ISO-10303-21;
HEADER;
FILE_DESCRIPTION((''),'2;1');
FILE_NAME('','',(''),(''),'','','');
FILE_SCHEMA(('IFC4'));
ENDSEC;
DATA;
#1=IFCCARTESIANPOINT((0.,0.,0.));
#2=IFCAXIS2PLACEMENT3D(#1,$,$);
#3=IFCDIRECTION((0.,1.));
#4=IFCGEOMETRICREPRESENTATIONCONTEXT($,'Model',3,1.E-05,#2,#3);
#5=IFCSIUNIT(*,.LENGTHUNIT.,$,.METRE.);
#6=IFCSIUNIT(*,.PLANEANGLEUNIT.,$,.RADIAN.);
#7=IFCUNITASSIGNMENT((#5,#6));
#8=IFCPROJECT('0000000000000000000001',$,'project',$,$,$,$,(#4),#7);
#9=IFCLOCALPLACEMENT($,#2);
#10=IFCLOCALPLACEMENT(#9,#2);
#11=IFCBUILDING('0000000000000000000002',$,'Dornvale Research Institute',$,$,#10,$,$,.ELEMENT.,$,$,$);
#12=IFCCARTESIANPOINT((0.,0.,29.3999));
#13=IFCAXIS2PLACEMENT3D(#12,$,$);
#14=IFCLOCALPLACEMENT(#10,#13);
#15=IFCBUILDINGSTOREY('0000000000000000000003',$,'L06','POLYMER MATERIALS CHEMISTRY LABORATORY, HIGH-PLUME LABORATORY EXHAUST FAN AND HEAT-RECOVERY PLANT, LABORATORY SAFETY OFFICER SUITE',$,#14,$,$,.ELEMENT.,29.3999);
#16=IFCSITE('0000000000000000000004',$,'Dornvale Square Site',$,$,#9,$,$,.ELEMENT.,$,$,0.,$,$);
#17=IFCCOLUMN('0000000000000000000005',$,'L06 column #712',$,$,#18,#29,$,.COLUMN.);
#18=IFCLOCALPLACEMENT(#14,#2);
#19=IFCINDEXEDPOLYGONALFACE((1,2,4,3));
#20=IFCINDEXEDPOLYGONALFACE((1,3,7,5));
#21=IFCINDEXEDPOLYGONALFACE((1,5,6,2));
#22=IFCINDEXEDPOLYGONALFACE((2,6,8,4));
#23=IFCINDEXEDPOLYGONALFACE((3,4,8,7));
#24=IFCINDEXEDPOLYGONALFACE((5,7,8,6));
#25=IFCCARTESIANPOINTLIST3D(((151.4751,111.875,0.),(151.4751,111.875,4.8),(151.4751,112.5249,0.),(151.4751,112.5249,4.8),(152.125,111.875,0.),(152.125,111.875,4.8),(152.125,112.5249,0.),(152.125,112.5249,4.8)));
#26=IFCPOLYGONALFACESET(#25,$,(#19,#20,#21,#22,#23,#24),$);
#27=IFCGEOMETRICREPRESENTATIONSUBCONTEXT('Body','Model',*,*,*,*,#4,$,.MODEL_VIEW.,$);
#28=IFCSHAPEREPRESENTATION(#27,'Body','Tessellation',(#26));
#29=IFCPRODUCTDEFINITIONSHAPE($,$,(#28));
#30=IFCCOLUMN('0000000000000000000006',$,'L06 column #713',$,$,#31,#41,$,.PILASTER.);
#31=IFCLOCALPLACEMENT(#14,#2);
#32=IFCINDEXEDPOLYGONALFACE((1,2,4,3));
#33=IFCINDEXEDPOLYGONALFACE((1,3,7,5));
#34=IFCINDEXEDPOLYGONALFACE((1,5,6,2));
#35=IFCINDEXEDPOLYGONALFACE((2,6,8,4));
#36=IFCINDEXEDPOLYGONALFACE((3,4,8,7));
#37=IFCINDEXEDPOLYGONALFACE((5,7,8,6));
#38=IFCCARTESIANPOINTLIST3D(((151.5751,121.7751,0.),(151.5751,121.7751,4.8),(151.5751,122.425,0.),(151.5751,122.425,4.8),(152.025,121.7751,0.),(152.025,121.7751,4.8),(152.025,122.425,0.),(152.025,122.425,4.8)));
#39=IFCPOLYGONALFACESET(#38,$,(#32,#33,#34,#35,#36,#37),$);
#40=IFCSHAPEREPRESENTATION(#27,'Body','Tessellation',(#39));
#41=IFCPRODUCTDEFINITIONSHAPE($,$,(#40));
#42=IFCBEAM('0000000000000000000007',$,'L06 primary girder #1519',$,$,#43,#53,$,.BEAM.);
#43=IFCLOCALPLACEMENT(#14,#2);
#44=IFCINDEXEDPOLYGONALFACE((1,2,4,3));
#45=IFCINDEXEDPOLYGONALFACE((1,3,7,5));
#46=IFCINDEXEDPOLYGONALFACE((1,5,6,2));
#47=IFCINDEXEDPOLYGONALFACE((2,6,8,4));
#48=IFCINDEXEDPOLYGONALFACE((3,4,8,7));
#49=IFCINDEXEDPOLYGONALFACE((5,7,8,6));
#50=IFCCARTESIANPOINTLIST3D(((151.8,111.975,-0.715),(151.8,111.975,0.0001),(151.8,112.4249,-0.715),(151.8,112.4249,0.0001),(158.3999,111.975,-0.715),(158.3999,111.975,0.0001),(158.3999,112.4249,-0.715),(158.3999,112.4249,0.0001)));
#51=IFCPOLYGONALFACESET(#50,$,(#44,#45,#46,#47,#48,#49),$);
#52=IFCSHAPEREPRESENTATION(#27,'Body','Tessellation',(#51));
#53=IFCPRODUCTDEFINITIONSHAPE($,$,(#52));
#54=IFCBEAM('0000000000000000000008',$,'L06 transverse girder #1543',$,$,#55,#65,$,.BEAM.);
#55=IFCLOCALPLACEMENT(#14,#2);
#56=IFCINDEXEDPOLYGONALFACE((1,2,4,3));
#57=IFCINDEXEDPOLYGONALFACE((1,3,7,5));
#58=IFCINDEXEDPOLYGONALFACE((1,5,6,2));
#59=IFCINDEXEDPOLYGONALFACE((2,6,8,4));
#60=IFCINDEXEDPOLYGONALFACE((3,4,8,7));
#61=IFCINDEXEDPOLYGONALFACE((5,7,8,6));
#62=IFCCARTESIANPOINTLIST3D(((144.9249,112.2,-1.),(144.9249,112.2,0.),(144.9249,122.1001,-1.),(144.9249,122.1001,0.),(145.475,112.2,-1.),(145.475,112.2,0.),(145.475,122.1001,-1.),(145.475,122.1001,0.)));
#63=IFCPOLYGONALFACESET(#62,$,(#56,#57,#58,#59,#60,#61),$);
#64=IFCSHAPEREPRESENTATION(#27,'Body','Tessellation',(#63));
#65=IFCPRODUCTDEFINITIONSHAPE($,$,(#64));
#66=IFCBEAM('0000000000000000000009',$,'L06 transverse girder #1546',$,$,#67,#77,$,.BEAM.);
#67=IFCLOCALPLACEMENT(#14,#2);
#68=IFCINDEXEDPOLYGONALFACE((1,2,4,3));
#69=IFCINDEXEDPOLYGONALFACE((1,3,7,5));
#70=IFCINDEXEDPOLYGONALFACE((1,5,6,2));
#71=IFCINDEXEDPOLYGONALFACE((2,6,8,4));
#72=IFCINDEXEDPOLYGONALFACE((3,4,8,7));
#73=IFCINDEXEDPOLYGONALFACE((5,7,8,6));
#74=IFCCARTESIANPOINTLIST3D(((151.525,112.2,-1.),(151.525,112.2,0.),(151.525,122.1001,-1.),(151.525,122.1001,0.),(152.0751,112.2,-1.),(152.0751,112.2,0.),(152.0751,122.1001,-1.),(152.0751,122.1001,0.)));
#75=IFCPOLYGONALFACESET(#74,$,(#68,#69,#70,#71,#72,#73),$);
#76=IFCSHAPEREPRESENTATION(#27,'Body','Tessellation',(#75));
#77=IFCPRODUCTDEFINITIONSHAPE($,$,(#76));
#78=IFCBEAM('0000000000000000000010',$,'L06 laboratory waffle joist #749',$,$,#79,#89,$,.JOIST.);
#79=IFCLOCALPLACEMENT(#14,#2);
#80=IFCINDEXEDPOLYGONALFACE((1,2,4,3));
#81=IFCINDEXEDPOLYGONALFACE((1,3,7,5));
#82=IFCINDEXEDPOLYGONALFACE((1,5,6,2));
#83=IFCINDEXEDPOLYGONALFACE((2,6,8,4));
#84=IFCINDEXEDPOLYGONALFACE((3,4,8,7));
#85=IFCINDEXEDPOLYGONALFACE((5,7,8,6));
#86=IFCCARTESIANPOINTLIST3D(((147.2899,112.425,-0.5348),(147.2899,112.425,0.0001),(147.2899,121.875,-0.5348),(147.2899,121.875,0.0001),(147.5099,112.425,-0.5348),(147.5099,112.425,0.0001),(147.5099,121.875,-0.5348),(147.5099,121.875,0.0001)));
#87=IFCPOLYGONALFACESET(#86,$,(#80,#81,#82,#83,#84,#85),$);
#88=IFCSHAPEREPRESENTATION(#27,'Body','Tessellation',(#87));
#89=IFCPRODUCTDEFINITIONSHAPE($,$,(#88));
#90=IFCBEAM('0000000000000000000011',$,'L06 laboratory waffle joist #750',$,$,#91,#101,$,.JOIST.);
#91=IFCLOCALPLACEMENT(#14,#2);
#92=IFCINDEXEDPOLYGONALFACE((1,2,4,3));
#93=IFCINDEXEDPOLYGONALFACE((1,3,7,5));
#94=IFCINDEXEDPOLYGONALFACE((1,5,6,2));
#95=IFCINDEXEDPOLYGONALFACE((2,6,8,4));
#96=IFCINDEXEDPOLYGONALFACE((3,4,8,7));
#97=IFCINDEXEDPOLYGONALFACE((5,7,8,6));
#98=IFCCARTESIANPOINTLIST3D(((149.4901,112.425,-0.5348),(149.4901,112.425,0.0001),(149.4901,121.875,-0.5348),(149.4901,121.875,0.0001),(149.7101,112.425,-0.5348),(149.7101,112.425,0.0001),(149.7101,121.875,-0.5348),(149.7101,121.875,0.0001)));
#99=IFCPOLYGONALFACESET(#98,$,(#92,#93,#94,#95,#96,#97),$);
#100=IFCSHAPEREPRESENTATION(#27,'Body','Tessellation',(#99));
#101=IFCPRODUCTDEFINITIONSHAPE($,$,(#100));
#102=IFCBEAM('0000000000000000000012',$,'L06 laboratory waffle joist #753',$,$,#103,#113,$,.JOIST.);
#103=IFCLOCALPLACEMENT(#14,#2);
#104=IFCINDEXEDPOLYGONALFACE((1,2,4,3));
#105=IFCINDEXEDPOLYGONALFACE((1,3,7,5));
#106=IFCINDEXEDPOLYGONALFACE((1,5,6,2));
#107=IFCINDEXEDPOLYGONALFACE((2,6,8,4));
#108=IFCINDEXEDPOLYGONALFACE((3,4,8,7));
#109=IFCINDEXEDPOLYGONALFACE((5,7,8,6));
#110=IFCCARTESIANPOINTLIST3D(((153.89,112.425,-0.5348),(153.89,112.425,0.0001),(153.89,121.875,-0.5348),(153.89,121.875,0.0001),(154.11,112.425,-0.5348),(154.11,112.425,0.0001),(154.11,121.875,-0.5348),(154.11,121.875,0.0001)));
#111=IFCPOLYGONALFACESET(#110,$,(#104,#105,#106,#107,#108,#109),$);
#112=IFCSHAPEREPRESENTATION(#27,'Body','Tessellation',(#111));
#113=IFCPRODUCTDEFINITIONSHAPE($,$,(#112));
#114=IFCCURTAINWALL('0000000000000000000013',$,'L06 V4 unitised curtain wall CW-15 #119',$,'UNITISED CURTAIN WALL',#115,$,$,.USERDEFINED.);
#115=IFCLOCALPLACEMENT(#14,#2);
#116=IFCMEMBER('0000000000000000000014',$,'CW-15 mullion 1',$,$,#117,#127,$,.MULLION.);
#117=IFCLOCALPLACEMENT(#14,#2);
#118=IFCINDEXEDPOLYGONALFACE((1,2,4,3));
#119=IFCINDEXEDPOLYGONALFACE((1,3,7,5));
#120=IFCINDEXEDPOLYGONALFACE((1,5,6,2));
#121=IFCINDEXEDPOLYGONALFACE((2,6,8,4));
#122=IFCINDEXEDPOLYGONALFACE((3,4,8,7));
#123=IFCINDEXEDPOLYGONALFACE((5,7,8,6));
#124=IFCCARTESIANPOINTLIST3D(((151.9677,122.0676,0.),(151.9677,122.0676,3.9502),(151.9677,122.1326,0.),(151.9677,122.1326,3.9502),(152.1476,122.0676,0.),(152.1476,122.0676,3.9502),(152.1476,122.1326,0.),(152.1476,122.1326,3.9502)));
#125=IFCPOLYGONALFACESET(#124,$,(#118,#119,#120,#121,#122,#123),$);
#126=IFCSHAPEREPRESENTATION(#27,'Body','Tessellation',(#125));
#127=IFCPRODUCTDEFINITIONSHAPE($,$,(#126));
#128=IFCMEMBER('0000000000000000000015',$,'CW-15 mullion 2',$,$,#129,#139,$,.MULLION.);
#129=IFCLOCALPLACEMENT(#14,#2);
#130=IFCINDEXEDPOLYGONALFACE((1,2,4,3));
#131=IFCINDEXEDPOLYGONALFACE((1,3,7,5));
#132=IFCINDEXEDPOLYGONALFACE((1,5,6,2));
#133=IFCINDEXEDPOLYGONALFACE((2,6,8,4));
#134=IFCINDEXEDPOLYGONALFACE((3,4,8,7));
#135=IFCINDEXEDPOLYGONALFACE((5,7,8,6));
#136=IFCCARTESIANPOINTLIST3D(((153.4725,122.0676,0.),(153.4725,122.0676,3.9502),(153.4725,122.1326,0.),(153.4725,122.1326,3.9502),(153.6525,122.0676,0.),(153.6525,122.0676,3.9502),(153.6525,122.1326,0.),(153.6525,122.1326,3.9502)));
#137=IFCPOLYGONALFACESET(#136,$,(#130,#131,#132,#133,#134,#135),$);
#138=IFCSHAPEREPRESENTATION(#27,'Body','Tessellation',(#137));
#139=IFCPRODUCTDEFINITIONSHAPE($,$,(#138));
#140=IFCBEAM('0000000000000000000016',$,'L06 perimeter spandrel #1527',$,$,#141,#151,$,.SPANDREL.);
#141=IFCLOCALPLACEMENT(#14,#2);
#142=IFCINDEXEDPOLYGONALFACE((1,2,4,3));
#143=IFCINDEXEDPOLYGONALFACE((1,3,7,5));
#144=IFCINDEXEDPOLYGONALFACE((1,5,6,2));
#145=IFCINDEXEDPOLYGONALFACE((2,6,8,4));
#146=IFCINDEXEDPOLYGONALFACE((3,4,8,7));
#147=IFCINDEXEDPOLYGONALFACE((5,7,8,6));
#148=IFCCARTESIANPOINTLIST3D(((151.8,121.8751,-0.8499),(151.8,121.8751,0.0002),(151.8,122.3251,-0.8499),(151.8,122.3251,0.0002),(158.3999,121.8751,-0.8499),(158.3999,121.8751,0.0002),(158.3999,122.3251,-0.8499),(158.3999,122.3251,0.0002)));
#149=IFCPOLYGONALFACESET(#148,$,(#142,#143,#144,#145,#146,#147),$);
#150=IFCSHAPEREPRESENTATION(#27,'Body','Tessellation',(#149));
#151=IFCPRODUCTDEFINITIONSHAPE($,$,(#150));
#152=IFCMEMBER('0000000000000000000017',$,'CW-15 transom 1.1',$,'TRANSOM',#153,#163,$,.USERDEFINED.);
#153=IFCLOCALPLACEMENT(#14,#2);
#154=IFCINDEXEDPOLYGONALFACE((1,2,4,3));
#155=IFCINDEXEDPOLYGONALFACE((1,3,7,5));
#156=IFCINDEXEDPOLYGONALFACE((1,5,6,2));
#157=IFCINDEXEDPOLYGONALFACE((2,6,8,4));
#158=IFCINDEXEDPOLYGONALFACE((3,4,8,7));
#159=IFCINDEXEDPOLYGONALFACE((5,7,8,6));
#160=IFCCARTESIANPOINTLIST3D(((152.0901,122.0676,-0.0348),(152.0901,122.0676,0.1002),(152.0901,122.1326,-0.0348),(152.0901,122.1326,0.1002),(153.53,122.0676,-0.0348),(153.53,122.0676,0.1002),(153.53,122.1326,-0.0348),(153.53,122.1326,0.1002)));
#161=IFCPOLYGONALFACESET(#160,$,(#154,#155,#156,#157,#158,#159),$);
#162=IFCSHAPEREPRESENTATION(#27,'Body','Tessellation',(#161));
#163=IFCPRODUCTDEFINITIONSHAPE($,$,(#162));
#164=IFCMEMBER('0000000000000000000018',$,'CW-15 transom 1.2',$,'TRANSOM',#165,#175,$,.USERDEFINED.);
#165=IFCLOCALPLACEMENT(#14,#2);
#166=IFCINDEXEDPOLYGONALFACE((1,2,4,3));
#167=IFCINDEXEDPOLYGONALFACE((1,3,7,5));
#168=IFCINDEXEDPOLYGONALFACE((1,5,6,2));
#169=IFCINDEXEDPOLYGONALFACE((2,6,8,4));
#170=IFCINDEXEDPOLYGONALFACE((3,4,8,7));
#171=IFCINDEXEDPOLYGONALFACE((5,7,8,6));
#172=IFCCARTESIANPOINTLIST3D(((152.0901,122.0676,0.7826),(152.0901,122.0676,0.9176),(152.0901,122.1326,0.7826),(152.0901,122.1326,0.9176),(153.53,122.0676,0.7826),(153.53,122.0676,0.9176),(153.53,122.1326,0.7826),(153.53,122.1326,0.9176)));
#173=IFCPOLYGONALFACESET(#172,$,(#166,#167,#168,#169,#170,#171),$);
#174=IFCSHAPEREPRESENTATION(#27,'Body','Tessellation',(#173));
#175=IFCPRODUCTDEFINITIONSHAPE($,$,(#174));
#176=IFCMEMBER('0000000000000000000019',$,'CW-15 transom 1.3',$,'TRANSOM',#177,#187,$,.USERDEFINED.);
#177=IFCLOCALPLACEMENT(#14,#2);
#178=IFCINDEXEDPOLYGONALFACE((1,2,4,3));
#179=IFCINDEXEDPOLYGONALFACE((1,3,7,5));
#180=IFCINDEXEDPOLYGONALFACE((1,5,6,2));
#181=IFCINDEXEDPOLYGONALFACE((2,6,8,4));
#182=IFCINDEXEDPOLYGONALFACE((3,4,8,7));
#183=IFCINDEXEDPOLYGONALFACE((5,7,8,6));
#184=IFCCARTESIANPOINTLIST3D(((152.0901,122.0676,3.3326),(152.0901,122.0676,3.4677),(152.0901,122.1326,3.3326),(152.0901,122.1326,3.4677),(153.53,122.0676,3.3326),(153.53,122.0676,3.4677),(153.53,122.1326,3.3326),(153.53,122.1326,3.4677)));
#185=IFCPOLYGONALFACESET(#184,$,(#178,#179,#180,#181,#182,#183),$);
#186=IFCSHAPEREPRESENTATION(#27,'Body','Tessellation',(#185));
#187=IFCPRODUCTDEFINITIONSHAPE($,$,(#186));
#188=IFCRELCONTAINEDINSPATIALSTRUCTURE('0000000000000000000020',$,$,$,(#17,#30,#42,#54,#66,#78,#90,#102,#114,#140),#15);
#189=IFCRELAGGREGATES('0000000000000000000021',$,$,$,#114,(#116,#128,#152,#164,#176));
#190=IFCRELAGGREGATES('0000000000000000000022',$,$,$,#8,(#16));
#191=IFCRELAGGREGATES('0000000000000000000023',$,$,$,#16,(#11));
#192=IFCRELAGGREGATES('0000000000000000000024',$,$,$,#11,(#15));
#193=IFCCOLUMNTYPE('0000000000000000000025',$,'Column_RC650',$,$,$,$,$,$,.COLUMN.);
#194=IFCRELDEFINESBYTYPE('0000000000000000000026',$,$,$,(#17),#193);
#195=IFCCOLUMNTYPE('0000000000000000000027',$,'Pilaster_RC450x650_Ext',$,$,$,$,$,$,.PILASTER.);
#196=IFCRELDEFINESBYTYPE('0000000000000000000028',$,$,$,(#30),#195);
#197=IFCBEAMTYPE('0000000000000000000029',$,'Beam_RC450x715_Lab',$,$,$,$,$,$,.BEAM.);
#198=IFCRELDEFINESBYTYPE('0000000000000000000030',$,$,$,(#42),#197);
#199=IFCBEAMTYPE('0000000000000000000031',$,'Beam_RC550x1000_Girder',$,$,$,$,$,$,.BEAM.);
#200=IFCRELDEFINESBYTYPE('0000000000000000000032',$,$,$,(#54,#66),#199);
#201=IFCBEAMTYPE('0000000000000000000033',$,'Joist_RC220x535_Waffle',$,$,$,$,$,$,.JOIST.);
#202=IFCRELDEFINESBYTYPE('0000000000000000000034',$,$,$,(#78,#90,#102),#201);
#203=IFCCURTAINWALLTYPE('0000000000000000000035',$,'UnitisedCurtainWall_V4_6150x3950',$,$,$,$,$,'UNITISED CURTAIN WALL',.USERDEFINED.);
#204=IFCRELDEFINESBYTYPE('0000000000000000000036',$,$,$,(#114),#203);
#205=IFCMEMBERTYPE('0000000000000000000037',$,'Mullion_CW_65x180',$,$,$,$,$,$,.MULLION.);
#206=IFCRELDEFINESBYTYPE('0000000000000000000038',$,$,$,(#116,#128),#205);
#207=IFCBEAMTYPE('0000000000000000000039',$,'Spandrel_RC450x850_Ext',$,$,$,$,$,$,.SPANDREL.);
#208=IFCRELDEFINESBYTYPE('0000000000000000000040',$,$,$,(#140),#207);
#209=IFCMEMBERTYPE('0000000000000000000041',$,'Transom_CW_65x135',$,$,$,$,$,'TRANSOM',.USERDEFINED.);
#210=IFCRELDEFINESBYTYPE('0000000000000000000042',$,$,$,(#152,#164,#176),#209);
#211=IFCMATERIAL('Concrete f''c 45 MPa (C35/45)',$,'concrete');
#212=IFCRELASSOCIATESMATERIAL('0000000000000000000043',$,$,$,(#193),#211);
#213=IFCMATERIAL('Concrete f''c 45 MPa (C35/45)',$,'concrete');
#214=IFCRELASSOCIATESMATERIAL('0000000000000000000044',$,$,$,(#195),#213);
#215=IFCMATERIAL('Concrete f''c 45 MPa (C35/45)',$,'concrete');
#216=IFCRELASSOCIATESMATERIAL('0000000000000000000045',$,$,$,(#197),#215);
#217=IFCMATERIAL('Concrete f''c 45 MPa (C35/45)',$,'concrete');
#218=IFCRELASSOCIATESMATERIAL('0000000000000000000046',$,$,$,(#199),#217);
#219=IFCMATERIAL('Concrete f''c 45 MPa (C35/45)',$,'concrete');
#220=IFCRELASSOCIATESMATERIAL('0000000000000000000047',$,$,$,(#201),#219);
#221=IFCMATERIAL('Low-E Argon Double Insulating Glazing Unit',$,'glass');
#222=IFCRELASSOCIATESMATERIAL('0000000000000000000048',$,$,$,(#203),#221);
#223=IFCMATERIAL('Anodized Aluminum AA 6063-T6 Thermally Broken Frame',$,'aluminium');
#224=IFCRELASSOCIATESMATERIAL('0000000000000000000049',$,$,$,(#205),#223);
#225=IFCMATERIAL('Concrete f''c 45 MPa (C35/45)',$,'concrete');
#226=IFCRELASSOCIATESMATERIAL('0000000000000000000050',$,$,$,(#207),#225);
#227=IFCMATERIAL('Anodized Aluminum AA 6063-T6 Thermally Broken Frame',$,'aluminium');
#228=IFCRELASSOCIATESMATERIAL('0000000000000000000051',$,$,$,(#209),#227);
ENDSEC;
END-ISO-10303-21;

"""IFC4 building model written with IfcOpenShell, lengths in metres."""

from ifc_helpers import new_model, si_unit, direction, frame, origin, origin_2d, place, context, subcontext, project, spatial, rectangle, extrude, material, material_profile, profile_set, type_object, element, aggregate, save


model = new_model("IFC4")

# Units and contexts
model_context = context("Model", 3, precision=1e-05, world=origin(), true_north=direction((0.0, 1.0)))
body_context = subcontext(model_context, "Body", "Model", "MODEL_VIEW")
ifc_project = project(units=[si_unit("LENGTHUNIT", "METRE"), si_unit("PLANEANGLEUNIT", "RADIAN")], contexts=[model_context])

# Site, building, storey
site_placement = place(None, origin())
site = spatial("IfcSite", under=ifc_project, at=site_placement, Name="Dornvale Square Site", CompositionType="ELEMENT", RefElevation=0.0)
building_placement = place(site_placement, origin())
building = spatial("IfcBuilding", under=site, at=building_placement, Name="Dornvale Research Institute", CompositionType="ELEMENT")
storey_placement = place(building_placement, frame((0.0, 0.0, 29.3999)))
storey = spatial("IfcBuildingStorey", under=building, at=storey_placement, Name="L06", Description="POLYMER MATERIALS CHEMISTRY LABORATORY, HIGH-PLUME LABORATORY EXHAUST FAN AND HEAT-RECOVERY PLANT, LABORATORY SAFETY OFFICER SUITE", CompositionType="ELEMENT", Elevation=29.3999)

# Columns
ifc_material_1 = material(Name="Concrete f'c 45 MPa (C35/45)", Category="concrete")
ifc_material_profile_1 = material_profile(ifc_material_1, rectangle(XDim=0.6499, YDim=0.6499, at=origin_2d()), Name="RC 650x650")
ifc_profile_set_1 = profile_set([ifc_material_profile_1], Name="Concrete f'c 45 MPa (C35/45)")
column_type_1 = type_object("IfcColumnType", Name="Column_RC650", PredefinedType="COLUMN", material=ifc_profile_set_1)
column_1_placement = place(storey_placement, frame((151.8, 112.2, 0.0), z_axis=(0.0, 0.0, 1.0), x_axis=(1.0, 0.0, 0.0)))
element("IfcColumn", 1, at=column_1_placement, inside=storey, type_object=column_type_1, Name="L06 column #712", PredefinedType="COLUMN", context=body_context, shape_type="SweptSolid", body=[
    extrude(rectangle(XDim=0.6499, YDim=0.6499, at=origin_2d()), origin(), (0.0, 0.0, 1.0), 4.8),
])
ifc_material_2 = material(Name="Concrete f'c 45 MPa (C35/45)", Category="concrete")
ifc_material_profile_2 = material_profile(ifc_material_2, rectangle(XDim=0.45, YDim=0.6499, at=origin_2d()), Name="RC 450x650")
ifc_profile_set_2 = profile_set([ifc_material_profile_2], Name="Concrete f'c 45 MPa (C35/45)")
column_type_2 = type_object("IfcColumnType", Name="Pilaster_RC450x650_Ext", PredefinedType="PILASTER", material=ifc_profile_set_2)
column_2_placement = place(storey_placement, frame((151.8, 122.1001, 0.0), z_axis=(0.0, 0.0, 1.0), x_axis=(1.0, 0.0, 0.0)))
element("IfcColumn", 2, at=column_2_placement, inside=storey, type_object=column_type_2, Name="L06 column #713", PredefinedType="PILASTER", context=body_context, shape_type="SweptSolid", body=[
    extrude(rectangle(XDim=0.45, YDim=0.6499, at=origin_2d()), origin(), (0.0, 0.0, 1.0), 4.8),
])

# Beams
ifc_material_3 = material(Name="Concrete f'c 45 MPa (C35/45)", Category="concrete")
ifc_material_profile_3 = material_profile(ifc_material_3, rectangle(XDim=0.45, YDim=0.7151, at=origin_2d()), Name="RC 450x715")
ifc_profile_set_3 = profile_set([ifc_material_profile_3], Name="Concrete f'c 45 MPa (C35/45)")
beam_type_1 = type_object("IfcBeamType", Name="Beam_RC450x715_Lab", PredefinedType="BEAM", material=ifc_profile_set_3)
beam_1_placement = place(storey_placement, frame((151.8, 112.2, -0.3574), z_axis=(1.0, 0.0, 0.0), x_axis=(0.0, 1.0, 0.0)))
element("IfcBeam", 3, at=beam_1_placement, inside=storey, type_object=beam_type_1, Name="L06 primary girder #1519", PredefinedType="BEAM", context=body_context, shape_type="SweptSolid", body=[
    extrude(rectangle(XDim=0.45, YDim=0.7151, at=origin_2d()), origin(), (0.0, 0.0, 1.0), 6.5999),
])
ifc_material_4 = material(Name="Concrete f'c 45 MPa (C35/45)", Category="concrete")
ifc_material_profile_4 = material_profile(ifc_material_4, rectangle(XDim=0.55, YDim=1.0, at=origin_2d()), Name="RC 550x1000")
ifc_profile_set_4 = profile_set([ifc_material_profile_4], Name="Concrete f'c 45 MPa (C35/45)")
beam_type_2 = type_object("IfcBeamType", Name="Beam_RC550x1000_Girder", PredefinedType="BEAM", material=ifc_profile_set_4)
for number, where, z_axis, x_axis, name in (
    (4, (145.2, 112.2, -0.5), (0.0, 1.0, 0.0), (-1.0, 0.0, 0.0), "L06 transverse girder #1543"),
    (5, (151.8, 112.2, -0.5), (0.0, 1.0, 0.0), (-1.0, 0.0, 0.0), "L06 transverse girder #1546"),
):
    element("IfcBeam", number, at=place(storey_placement, frame(where, z_axis=z_axis, x_axis=x_axis)), inside=storey, type_object=beam_type_2, Name=name, PredefinedType="BEAM", context=body_context, shape_type="SweptSolid", body=[
        extrude(rectangle(XDim=0.55, YDim=1.0, at=origin_2d()), origin(), (0.0, 0.0, 1.0), 9.9001),
    ])
ifc_material_5 = material(Name="Concrete f'c 45 MPa (C35/45)", Category="concrete")
ifc_material_profile_5 = material_profile(ifc_material_5, rectangle(XDim=0.22, YDim=0.5349, at=origin_2d()), Name="RC 220x535")
ifc_profile_set_5 = profile_set([ifc_material_profile_5], Name="Concrete f'c 45 MPa (C35/45)")
beam_type_3 = type_object("IfcBeamType", Name="Joist_RC220x535_Waffle", PredefinedType="JOIST", material=ifc_profile_set_5)
for number, where, z_axis, x_axis, name in (
    (6, (147.3999, 112.425, -0.2673), (0.0, 1.0, 0.0), (-1.0, 0.0, 0.0), "L06 laboratory waffle joist #749"),
    (7, (149.6001, 112.425, -0.2673), (0.0, 1.0, 0.0), (-1.0, 0.0, 0.0), "L06 laboratory waffle joist #750"),
    (8, (154.0, 112.425, -0.2673), (0.0, 1.0, 0.0), (-1.0, 0.0, 0.0), "L06 laboratory waffle joist #753"),
):
    element("IfcBeam", number, at=place(storey_placement, frame(where, z_axis=z_axis, x_axis=x_axis)), inside=storey, type_object=beam_type_3, Name=name, PredefinedType="JOIST", context=body_context, shape_type="SweptSolid", body=[
        extrude(rectangle(XDim=0.22, YDim=0.5349, at=origin_2d()), origin(), (0.0, 0.0, 1.0), 9.45),
    ])

# Curtain wall, members
ifc_material_6 = material(Name="Low-E Argon Double Insulating Glazing Unit", Category="glass")
curtain_wall_type = type_object("IfcCurtainWallType", Name="UnitisedCurtainWall_V4_6150x3950", ElementType="UNITISED CURTAIN WALL", PredefinedType="USERDEFINED", material=ifc_material_6)
curtain_wall_placement = place(storey_placement, origin())
curtain_wall = element("IfcCurtainWall", 9, at=curtain_wall_placement, inside=storey, type_object=curtain_wall_type, Name="L06 V4 unitised curtain wall CW-15 #119", ObjectType="UNITISED CURTAIN WALL", PredefinedType="USERDEFINED")
ifc_material_7 = material(Name="Anodized Aluminum AA 6063-T6 Thermally Broken Frame", Category="aluminium")
ifc_material_profile_6 = material_profile(ifc_material_7, rectangle(XDim=0.0649, YDim=0.1799, at=origin_2d()), Name="ALU MULLION 65x180")
ifc_profile_set_6 = profile_set([ifc_material_profile_6], Name="Anodized Aluminum AA 6063-T6 Thermally Broken Frame")
member_type_1 = type_object("IfcMemberType", Name="Mullion_CW_65x180", PredefinedType="MULLION", material=ifc_profile_set_6)
member_1_placement = place(storey_placement, frame((152.0576, 122.1001, 0.0), z_axis=(0.0, 0.0, 1.0), x_axis=(0.0, 1.0, 0.0)))
member_1 = element("IfcMember", 10, at=member_1_placement, type_object=member_type_1, Name="CW-15 mullion 1", PredefinedType="MULLION", context=body_context, shape_type="SweptSolid", body=[
    extrude(rectangle(XDim=0.0649, YDim=0.1799, at=origin_2d()), origin(), (0.0, 0.0, 1.0), 3.9502),
])
member_2_placement = place(storey_placement, frame((153.5625, 122.1001, 0.0), z_axis=(0.0, 0.0, 1.0), x_axis=(0.0, 1.0, 0.0)))
member_2 = element("IfcMember", 11, at=member_2_placement, type_object=member_type_1, Name="CW-15 mullion 2", PredefinedType="MULLION", context=body_context, shape_type="SweptSolid", body=[
    extrude(rectangle(XDim=0.0649, YDim=0.1799, at=origin_2d()), origin(), (0.0, 0.0, 1.0), 3.9502),
])

# Beam
ifc_material_8 = material(Name="Concrete f'c 45 MPa (C35/45)", Category="concrete")
ifc_material_profile_7 = material_profile(ifc_material_8, rectangle(XDim=0.45, YDim=0.8501, at=origin_2d()), Name="RC 450x850")
ifc_profile_set_7 = profile_set([ifc_material_profile_7], Name="Concrete f'c 45 MPa (C35/45)")
beam_type_4 = type_object("IfcBeamType", Name="Spandrel_RC450x850_Ext", PredefinedType="SPANDREL", material=ifc_profile_set_7)
beam_2_placement = place(storey_placement, frame((151.8, 122.1001, -0.4248), z_axis=(1.0, 0.0, 0.0), x_axis=(0.0, 1.0, 0.0)))
element("IfcBeam", 12, at=beam_2_placement, inside=storey, type_object=beam_type_4, Name="L06 perimeter spandrel #1527", PredefinedType="SPANDREL", context=body_context, shape_type="SweptSolid", body=[
    extrude(rectangle(XDim=0.45, YDim=0.8501, at=origin_2d()), origin(), (0.0, 0.0, 1.0), 6.5999),
])

# Members
ifc_material_9 = material(Name="Anodized Aluminum AA 6063-T6 Thermally Broken Frame", Category="aluminium")
ifc_material_profile_8 = material_profile(ifc_material_9, rectangle(XDim=0.0649, YDim=0.135, at=origin_2d()), Name="ALU TRANSOM 65x135")
ifc_profile_set_8 = profile_set([ifc_material_profile_8], Name="Anodized Aluminum AA 6063-T6 Thermally Broken Frame")
member_type_2 = type_object("IfcMemberType", Name="Transom_CW_65x135", ElementType="TRANSOM", PredefinedType="USERDEFINED", material=ifc_profile_set_8)
member_3_placement = place(storey_placement, frame((152.0901, 122.1001, 0.0327), z_axis=(1.0, 0.0, 0.0), x_axis=(0.0, 1.0, 0.0)))
member_3 = element("IfcMember", 13, at=member_3_placement, type_object=member_type_2, Name="CW-15 transom 1.1", ObjectType="TRANSOM", PredefinedType="USERDEFINED", context=body_context, shape_type="SweptSolid", body=[
    extrude(rectangle(XDim=0.0649, YDim=0.135, at=origin_2d()), origin(), (0.0, 0.0, 1.0), 1.4399),
])
member_4_placement = place(storey_placement, frame((152.0901, 122.1001, 0.8501), z_axis=(1.0, 0.0, 0.0), x_axis=(0.0, 1.0, 0.0)))
member_4 = element("IfcMember", 14, at=member_4_placement, type_object=member_type_2, Name="CW-15 transom 1.2", ObjectType="TRANSOM", PredefinedType="USERDEFINED", context=body_context, shape_type="SweptSolid", body=[
    extrude(rectangle(XDim=0.0649, YDim=0.135, at=origin_2d()), origin(), (0.0, 0.0, 1.0), 1.4399),
])
member_5_placement = place(storey_placement, frame((152.0901, 122.1001, 3.4001), z_axis=(1.0, 0.0, 0.0), x_axis=(0.0, 1.0, 0.0)))
member_5 = element("IfcMember", 15, at=member_5_placement, type_object=member_type_2, Name="CW-15 transom 1.3", ObjectType="TRANSOM", PredefinedType="USERDEFINED", context=body_context, shape_type="SweptSolid", body=[
    extrude(rectangle(XDim=0.0649, YDim=0.135, at=origin_2d()), origin(), (0.0, 0.0, 1.0), 1.4399),
])

aggregate(curtain_wall, [member_1, member_2, member_3, member_4, member_5])

save(model, "model.ifc")
